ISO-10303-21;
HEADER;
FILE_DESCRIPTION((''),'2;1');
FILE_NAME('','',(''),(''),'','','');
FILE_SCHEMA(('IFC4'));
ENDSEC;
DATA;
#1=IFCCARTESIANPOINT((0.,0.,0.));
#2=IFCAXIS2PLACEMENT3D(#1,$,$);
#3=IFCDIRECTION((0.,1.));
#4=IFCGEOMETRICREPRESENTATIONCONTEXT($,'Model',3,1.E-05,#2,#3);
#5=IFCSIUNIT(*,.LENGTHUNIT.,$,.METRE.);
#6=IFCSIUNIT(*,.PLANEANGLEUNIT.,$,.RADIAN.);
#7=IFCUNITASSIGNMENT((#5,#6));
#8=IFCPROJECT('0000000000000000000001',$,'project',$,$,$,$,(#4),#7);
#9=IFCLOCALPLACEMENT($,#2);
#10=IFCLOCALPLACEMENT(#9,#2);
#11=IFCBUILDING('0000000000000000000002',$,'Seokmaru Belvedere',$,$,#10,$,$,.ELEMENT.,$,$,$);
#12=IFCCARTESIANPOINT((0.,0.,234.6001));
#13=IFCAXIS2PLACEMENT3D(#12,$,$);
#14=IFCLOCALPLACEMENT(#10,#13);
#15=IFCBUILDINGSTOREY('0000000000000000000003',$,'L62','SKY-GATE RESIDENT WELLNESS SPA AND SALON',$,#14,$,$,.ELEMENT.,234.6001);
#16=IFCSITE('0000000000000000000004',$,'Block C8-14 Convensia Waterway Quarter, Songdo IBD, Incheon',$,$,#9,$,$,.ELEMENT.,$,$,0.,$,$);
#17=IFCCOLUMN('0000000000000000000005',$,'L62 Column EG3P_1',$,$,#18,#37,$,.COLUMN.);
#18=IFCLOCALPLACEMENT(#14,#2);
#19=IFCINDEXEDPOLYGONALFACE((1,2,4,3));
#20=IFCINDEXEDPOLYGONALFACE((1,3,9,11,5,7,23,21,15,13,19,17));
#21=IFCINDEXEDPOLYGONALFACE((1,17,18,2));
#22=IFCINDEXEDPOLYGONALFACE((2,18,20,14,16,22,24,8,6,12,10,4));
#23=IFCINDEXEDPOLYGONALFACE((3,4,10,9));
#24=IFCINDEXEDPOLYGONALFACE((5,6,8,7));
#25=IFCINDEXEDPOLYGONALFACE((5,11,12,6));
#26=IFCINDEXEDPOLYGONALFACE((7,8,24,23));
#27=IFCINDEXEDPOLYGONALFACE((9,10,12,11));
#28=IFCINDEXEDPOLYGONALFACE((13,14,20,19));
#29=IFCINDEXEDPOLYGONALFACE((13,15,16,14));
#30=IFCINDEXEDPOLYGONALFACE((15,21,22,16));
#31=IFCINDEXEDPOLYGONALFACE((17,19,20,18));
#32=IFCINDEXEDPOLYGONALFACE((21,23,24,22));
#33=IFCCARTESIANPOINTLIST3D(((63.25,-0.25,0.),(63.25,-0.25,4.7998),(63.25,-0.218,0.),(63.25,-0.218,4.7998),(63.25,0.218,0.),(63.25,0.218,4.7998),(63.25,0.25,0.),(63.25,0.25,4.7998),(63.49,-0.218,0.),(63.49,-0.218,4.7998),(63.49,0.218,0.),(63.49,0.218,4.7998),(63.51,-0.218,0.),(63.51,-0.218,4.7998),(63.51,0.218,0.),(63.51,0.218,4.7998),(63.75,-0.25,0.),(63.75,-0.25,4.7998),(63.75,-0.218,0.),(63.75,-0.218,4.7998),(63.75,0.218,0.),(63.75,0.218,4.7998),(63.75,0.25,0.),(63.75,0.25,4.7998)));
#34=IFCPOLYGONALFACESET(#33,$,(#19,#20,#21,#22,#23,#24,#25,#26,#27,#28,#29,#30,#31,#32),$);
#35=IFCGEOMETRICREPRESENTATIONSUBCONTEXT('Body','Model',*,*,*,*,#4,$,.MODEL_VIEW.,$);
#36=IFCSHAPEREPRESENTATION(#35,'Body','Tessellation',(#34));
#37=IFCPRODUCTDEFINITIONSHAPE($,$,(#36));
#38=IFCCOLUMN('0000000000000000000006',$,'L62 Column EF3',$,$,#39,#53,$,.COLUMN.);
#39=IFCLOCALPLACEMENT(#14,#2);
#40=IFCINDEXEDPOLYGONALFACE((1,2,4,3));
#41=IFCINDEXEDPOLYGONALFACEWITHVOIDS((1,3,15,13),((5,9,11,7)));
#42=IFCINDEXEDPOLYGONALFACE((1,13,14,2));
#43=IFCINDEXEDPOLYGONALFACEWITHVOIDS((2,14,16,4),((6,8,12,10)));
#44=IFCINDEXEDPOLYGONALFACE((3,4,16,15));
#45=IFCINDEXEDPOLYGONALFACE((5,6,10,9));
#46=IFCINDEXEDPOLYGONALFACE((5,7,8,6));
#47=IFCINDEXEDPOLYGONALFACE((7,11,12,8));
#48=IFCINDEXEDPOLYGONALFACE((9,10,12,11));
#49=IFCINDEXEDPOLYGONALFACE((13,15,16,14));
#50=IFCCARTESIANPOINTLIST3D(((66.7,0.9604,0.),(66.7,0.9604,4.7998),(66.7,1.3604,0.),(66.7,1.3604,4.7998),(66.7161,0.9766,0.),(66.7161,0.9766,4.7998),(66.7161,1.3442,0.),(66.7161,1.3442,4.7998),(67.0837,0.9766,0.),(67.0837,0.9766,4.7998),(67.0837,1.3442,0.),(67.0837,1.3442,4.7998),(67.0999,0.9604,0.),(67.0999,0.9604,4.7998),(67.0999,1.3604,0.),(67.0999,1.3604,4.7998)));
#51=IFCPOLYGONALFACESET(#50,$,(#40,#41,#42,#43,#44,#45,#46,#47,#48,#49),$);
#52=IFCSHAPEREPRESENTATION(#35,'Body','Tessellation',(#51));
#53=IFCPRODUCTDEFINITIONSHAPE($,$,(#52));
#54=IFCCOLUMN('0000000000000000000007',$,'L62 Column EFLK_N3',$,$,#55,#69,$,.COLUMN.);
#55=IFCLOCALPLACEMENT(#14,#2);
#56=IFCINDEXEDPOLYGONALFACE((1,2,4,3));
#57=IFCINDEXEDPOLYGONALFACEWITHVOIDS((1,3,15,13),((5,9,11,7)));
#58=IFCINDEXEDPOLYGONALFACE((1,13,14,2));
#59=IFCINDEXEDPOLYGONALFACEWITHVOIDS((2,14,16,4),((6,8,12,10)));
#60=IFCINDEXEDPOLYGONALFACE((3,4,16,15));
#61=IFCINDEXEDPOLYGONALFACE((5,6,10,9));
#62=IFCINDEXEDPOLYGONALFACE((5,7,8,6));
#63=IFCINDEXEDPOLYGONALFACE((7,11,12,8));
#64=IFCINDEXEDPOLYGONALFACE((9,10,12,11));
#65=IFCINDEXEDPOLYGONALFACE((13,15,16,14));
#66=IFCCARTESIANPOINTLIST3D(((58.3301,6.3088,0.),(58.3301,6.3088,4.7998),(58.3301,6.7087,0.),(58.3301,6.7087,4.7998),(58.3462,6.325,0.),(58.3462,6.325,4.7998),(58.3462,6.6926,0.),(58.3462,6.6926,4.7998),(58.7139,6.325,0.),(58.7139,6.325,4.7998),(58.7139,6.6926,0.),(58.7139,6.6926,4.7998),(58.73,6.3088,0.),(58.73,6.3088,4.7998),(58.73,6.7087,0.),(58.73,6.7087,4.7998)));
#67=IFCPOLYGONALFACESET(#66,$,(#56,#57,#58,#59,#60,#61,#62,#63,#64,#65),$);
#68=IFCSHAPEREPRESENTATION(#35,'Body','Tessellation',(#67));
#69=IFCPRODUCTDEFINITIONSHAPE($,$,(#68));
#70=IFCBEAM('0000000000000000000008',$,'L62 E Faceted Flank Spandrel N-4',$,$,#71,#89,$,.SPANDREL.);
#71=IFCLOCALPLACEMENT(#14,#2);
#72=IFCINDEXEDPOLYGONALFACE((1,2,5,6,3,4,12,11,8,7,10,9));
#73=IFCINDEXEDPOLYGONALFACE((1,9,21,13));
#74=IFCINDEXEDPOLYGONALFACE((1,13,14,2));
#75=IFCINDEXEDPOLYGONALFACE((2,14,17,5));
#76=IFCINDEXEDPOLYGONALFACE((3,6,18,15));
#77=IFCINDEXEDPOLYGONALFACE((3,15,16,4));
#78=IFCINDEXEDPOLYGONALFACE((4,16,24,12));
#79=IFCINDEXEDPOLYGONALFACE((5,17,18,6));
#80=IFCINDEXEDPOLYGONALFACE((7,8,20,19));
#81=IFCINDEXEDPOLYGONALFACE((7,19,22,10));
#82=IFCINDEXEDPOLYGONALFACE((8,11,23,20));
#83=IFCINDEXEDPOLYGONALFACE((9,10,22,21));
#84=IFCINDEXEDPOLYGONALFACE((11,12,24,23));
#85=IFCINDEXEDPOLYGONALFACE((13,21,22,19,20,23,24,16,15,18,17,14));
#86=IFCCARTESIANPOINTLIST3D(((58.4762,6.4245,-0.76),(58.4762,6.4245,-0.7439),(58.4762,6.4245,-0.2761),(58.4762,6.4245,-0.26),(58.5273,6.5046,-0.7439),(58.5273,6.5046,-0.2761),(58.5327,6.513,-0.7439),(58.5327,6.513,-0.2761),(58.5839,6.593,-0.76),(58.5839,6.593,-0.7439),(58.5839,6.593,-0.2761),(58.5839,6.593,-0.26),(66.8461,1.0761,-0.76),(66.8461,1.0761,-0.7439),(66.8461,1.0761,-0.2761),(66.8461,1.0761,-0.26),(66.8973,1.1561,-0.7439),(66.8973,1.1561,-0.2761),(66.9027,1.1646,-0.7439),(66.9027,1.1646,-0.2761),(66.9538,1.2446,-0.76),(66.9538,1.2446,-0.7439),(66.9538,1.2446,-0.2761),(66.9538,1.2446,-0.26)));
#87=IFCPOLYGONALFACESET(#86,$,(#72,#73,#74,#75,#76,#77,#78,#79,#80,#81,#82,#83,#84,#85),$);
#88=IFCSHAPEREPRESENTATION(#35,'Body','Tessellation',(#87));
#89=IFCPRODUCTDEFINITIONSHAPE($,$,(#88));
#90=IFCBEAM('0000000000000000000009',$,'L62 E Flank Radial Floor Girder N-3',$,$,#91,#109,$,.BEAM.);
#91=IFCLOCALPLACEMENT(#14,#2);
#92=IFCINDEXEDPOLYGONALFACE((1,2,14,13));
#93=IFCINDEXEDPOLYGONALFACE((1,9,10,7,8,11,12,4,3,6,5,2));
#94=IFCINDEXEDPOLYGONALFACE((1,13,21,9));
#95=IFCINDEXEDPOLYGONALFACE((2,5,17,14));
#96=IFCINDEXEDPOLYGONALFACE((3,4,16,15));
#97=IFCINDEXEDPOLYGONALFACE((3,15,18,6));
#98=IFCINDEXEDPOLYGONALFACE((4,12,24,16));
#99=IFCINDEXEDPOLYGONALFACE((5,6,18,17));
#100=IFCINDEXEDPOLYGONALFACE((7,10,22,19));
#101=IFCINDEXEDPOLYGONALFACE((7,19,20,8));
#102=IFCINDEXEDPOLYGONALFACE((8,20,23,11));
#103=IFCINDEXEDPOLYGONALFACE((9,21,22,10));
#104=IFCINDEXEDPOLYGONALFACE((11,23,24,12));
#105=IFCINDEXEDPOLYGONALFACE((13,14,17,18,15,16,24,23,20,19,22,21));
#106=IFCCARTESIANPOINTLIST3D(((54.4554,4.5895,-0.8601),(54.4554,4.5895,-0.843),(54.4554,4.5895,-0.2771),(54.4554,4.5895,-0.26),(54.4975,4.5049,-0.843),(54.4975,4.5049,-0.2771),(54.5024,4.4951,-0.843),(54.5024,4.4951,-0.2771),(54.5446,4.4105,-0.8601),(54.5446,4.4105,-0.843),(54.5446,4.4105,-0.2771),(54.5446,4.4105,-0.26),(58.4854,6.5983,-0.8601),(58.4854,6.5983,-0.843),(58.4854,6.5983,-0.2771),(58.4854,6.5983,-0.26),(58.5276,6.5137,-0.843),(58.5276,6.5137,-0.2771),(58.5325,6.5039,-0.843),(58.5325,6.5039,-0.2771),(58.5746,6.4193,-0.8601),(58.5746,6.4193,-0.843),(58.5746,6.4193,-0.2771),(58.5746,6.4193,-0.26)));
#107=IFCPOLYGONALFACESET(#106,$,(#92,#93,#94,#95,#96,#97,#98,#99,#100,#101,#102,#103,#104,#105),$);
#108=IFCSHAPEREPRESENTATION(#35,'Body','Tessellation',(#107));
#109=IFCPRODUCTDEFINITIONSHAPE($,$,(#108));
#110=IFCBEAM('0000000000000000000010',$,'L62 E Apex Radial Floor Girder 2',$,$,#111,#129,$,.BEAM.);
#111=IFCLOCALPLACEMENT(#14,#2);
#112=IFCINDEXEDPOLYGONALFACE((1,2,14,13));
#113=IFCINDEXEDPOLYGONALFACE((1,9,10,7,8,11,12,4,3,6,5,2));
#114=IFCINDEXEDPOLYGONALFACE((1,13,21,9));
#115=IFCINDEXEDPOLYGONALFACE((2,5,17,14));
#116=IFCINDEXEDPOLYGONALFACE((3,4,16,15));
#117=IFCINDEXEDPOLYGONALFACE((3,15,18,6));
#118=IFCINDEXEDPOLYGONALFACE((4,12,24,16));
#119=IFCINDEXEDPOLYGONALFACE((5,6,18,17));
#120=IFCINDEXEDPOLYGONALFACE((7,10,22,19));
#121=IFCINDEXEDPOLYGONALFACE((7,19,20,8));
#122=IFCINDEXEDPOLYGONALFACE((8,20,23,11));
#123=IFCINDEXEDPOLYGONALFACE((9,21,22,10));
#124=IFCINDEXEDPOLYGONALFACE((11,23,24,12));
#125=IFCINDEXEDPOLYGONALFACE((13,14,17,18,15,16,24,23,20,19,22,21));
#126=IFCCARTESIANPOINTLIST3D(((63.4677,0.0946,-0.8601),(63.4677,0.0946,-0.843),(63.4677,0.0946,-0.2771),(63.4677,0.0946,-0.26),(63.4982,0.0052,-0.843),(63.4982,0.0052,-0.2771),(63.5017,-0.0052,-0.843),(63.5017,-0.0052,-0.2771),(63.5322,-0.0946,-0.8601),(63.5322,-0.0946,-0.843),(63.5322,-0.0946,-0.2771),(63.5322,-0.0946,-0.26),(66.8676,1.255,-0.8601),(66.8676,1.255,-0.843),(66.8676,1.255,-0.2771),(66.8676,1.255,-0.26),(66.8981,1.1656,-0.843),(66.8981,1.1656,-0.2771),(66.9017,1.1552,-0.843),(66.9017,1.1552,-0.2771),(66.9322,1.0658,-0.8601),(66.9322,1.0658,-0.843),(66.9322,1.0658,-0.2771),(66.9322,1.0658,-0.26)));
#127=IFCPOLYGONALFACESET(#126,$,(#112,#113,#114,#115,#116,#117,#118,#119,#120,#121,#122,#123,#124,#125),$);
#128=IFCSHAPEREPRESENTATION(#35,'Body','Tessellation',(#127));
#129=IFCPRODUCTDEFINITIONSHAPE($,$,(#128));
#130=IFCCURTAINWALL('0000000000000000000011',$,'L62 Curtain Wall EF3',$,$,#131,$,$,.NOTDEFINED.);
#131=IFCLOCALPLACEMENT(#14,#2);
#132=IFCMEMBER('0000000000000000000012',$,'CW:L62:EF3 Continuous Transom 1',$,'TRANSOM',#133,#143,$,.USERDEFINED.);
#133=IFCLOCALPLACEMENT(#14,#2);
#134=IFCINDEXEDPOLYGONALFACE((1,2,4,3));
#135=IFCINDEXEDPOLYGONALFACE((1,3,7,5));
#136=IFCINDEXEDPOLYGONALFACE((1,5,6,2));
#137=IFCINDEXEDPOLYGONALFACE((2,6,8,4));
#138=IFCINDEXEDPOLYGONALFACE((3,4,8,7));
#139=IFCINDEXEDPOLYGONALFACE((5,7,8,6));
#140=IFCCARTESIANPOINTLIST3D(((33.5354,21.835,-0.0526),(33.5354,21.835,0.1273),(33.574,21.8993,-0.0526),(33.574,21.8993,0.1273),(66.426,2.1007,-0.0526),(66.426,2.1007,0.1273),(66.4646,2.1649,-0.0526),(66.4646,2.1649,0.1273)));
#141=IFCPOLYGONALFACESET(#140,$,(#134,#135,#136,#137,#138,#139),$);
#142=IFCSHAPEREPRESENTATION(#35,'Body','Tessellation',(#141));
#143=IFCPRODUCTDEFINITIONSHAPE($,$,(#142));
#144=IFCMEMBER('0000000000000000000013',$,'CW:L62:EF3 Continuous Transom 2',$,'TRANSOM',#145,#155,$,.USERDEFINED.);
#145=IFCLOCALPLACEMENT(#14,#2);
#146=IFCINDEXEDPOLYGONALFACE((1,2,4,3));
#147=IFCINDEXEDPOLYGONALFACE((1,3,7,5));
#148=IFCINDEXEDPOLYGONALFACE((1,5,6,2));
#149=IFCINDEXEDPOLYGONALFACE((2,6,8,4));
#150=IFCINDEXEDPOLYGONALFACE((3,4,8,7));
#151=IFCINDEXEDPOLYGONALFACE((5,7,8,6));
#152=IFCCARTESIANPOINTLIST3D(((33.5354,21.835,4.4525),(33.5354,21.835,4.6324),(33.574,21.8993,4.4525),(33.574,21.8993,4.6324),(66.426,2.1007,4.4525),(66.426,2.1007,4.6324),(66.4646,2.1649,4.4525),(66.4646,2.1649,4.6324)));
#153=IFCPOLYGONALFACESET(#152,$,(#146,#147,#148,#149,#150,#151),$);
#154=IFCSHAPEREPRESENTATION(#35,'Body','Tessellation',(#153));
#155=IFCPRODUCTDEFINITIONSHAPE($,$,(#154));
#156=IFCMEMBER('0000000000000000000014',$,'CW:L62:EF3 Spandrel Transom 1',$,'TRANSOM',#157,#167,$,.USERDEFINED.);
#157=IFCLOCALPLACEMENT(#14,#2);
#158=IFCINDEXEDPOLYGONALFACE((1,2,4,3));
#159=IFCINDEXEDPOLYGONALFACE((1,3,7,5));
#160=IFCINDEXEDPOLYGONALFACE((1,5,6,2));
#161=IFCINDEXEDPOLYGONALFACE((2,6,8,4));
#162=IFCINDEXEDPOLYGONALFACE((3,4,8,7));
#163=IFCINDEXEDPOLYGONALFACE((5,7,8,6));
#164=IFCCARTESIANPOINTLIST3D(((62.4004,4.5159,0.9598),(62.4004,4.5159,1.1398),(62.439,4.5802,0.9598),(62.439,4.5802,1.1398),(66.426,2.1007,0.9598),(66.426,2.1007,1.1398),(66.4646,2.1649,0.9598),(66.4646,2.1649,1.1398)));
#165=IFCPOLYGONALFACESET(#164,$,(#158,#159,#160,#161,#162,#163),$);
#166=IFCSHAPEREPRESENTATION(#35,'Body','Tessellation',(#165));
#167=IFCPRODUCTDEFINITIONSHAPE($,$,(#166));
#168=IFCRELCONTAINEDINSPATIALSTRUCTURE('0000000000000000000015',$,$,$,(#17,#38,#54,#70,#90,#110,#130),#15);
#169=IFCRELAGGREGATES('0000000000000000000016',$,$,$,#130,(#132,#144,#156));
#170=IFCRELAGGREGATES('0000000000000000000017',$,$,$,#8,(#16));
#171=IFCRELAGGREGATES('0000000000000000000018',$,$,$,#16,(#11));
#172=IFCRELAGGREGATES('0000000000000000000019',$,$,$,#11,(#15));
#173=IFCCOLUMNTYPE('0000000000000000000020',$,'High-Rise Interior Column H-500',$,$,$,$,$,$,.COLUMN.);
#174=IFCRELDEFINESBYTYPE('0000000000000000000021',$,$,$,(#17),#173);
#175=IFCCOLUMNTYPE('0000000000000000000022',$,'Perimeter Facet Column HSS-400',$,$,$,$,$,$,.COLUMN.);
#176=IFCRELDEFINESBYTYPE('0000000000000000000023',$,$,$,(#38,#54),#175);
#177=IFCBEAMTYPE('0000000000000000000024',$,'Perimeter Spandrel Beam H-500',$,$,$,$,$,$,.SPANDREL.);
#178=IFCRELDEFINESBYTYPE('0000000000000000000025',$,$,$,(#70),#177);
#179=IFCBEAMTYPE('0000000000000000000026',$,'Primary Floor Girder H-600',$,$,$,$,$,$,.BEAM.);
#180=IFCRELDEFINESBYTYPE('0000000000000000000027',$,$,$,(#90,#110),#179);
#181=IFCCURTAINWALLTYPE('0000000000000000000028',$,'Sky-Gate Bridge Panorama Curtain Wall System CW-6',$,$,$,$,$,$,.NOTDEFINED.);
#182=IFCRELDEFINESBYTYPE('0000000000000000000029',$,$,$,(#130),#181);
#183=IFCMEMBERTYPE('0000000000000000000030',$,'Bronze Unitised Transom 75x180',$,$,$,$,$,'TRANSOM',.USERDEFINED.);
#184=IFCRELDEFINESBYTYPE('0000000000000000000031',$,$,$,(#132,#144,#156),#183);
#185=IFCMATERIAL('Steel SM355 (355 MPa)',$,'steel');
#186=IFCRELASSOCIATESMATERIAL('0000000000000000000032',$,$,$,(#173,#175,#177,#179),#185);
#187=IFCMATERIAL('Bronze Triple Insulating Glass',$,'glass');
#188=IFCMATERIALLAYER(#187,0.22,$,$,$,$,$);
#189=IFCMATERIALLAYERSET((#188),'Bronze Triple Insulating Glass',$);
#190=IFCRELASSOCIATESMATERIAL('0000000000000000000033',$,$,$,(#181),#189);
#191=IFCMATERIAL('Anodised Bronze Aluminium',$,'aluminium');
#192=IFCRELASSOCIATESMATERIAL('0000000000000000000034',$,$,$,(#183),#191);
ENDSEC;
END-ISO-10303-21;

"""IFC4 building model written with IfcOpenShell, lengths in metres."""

from ifc_helpers import new_model, si_unit, direction, frame, origin, origin_2d, place, context, subcontext, project, spatial, rectangle, hollow_rectangle, i_section, extrude, source, transform, mapped, material, layer, layer_set, material_profile, profile_set, type_object, type_shapes, element, aggregate, save


model = new_model("IFC4")

# Units and contexts
model_context = context("Model", 3, precision=1e-05, world=origin(), true_north=direction((0.0, 1.0)))
body_context = subcontext(model_context, "Body", "Model", "MODEL_VIEW")
ifc_project = project(units=[si_unit("LENGTHUNIT", "METRE"), si_unit("PLANEANGLEUNIT", "RADIAN")], contexts=[model_context])

# Site, building, storey
site_placement = place(None, origin())
site = spatial("IfcSite", under=ifc_project, at=site_placement, Name="Block C8-14 Convensia Waterway Quarter, Songdo IBD, Incheon", CompositionType="ELEMENT", RefElevation=0.0)
building_placement = place(site_placement, origin())
building = spatial("IfcBuilding", under=site, at=building_placement, Name="Seokmaru Belvedere", CompositionType="ELEMENT")
storey_placement = place(building_placement, frame((0.0, 0.0, 234.6001)))
storey = spatial("IfcBuildingStorey", under=building, at=storey_placement, Name="L62", Description="SKY-GATE RESIDENT WELLNESS SPA AND SALON", CompositionType="ELEMENT", Elevation=234.6001)

# Columns
ifc_material_1 = material(Name="Steel SM355 (355 MPa)", Category="steel")
ifc_material_profile_1 = material_profile(ifc_material_1, i_section(OverallWidth=0.5, OverallDepth=0.5, WebThickness=0.02, FlangeThickness=0.032, at=origin_2d()), Name="H-500x500x20x32")
ifc_profile_set_1 = profile_set([ifc_material_profile_1], Name="Steel SM355 (355 MPa)")
column_type_1 = type_object("IfcColumnType", Name="High-Rise Interior Column H-500", PredefinedType="COLUMN", material=ifc_profile_set_1)
shared_shape_1 = source(origin(), body_context, "Body", "SweptSolid", [
    extrude(i_section(OverallWidth=0.5, OverallDepth=0.5, WebThickness=0.02, FlangeThickness=0.032, at=origin_2d()), origin(), (0.0, 0.0, 1.0), 4.7998),
])
type_shapes(column_type_1, [shared_shape_1])
column_placement = place(storey_placement, frame((63.5, 0.0, 0.0), z_axis=(0.0, 0.0, 1.0), x_axis=(1.0, 0.0, 0.0)))
element("IfcColumn", 1, at=column_placement, inside=storey, type_object=column_type_1, Name="L62 Column EG3P_1", PredefinedType="COLUMN", context=body_context, shape_type="MappedRepresentation", body=[
    mapped(shared_shape_1, transform((0.0, 0.0, 0.0), scale=1.0)),
])
ifc_material_profile_2 = material_profile(ifc_material_1, hollow_rectangle(XDim=0.3999, YDim=0.3999, WallThickness=0.0161, at=origin_2d()), Name="HSS-400x400x16")
ifc_profile_set_2 = profile_set([ifc_material_profile_2], Name="Steel SM355 (355 MPa)")
column_type_2 = type_object("IfcColumnType", Name="Perimeter Facet Column HSS-400", PredefinedType="COLUMN", material=ifc_profile_set_2)
shared_shape_2 = source(origin(), body_context, "Body", "SweptSolid", [
    extrude(hollow_rectangle(XDim=0.3999, YDim=0.3999, WallThickness=0.0161, at=origin_2d()), origin(), (0.0, 0.0, 1.0), 4.7998),
])
type_shapes(column_type_2, [shared_shape_2])
for number, where, z_axis, x_axis, name in (
    (2, (66.8999, 1.1604, 0.0), (0.0, 0.0, 1.0), (1.0, 0.0, 0.0), "L62 Column EF3"),
    (3, (58.53, 6.5088, 0.0), (0.0, 0.0, 1.0), (1.0, 0.0, 0.0), "L62 Column EFLK_N3"),
):
    element("IfcColumn", number, at=place(storey_placement, frame(where, z_axis=z_axis, x_axis=x_axis)), inside=storey, type_object=column_type_2, Name=name, PredefinedType="COLUMN", context=body_context, shape_type="MappedRepresentation", body=[
        mapped(shared_shape_2, transform((0.0, 0.0, 0.0), scale=1.0)),
    ])

# Beams
ifc_material_profile_3 = material_profile(ifc_material_1, i_section(OverallWidth=0.2, OverallDepth=0.5, WebThickness=0.01, FlangeThickness=0.0161, at=origin_2d()), Name="H-500x200x10x16")
ifc_profile_set_3 = profile_set([ifc_material_profile_3], Name="Steel SM355 (355 MPa)")
beam_type_1 = type_object("IfcBeamType", Name="Perimeter Spandrel Beam H-500", PredefinedType="SPANDREL", material=ifc_profile_set_3)
shared_shape_3 = source(origin(), body_context, "Body", "SweptSolid", [
    extrude(i_section(OverallWidth=0.2, OverallDepth=0.5, WebThickness=0.01, FlangeThickness=0.0161, at=origin_2d()), origin(), (0.0, 0.0, 1.0), 9.9329),
])
type_shapes(beam_type_1, [shared_shape_3])
beam_1_placement = place(storey_placement, frame((58.53, 6.5088, -0.51), z_axis=(0.842652, -0.538459, 0.0), x_axis=(0.538459, 0.842652, 0.0)))
element("IfcBeam", 4, at=beam_1_placement, inside=storey, type_object=beam_type_1, Name="L62 E Faceted Flank Spandrel N-4", PredefinedType="SPANDREL", context=body_context, shape_type="MappedRepresentation", body=[
    mapped(shared_shape_3, transform((0.0, 0.0, 0.0), scale=1.0)),
])
ifc_material_profile_4 = material_profile(ifc_material_1, i_section(OverallWidth=0.2, OverallDepth=0.6001, WebThickness=0.011, FlangeThickness=0.0171, at=origin_2d()), Name="H-600x200x11x17")
ifc_profile_set_4 = profile_set([ifc_material_profile_4], Name="Steel SM355 (355 MPa)")
beam_type_2 = type_object("IfcBeamType", Name="Primary Floor Girder H-600", PredefinedType="BEAM", material=ifc_profile_set_4)
shared_shape_4 = source(origin(), body_context, "Body", "SweptSolid", [
    extrude(i_section(OverallWidth=0.2, OverallDepth=0.6001, WebThickness=0.011, FlangeThickness=0.0171, at=origin_2d()), origin(), (0.0, 0.0, 1.0), 4.5029),
])
beam_2_placement = place(storey_placement, frame((58.53, 6.5088, -0.5601), z_axis=(-0.89498, -0.446107, 0.0), x_axis=(0.446107, -0.89498, 0.0)))
element("IfcBeam", 5, at=beam_2_placement, inside=storey, type_object=beam_type_2, Name="L62 E Flank Radial Floor Girder N-3", PredefinedType="BEAM", context=body_context, shape_type="MappedRepresentation", body=[
    mapped(shared_shape_4, transform((0.0, 0.0, 0.0), scale=1.0)),
])
shared_shape_5 = source(origin(), body_context, "Body", "SweptSolid", [
    extrude(i_section(OverallWidth=0.2, OverallDepth=0.6001, WebThickness=0.011, FlangeThickness=0.0171, at=origin_2d()), origin(), (0.0, 0.0, 1.0), 3.5925),
])
type_shapes(beam_type_2, [shared_shape_4, shared_shape_5])
beam_3_placement = place(storey_placement, frame((66.8999, 1.1604, -0.5601), z_axis=(-0.946396, -0.323009, 0.0), x_axis=(0.323009, -0.946396, 0.0)))
element("IfcBeam", 6, at=beam_3_placement, inside=storey, type_object=beam_type_2, Name="L62 E Apex Radial Floor Girder 2", PredefinedType="BEAM", context=body_context, shape_type="MappedRepresentation", body=[
    mapped(shared_shape_5, transform((0.0, 0.0, 0.0), scale=1.0)),
])

# Curtain wall, members
ifc_material_2 = material(Name="Bronze Triple Insulating Glass", Category="glass")
ifc_layer_1 = layer(ifc_material_2, 0.22)
ifc_layer_set_1 = layer_set([ifc_layer_1], Name="Bronze Triple Insulating Glass")
curtain_wall_type = type_object("IfcCurtainWallType", Name="Sky-Gate Bridge Panorama Curtain Wall System CW-6", PredefinedType="NOTDEFINED", material=ifc_layer_set_1)
curtain_wall_1_placement = place(storey_placement, origin())
curtain_wall_1 = element("IfcCurtainWall", 7, at=curtain_wall_1_placement, inside=storey, type_object=curtain_wall_type, Name="L62 Curtain Wall EF3", PredefinedType="NOTDEFINED")
ifc_material_3 = material(Name="Anodised Bronze Aluminium", Category="aluminium")
ifc_material_profile_5 = material_profile(ifc_material_3, rectangle(XDim=0.075, YDim=0.1799, at=origin_2d()), Name="CW-T-75x180")
ifc_profile_set_5 = profile_set([ifc_material_profile_5], Name="Anodised Bronze Aluminium")
member_type_1 = type_object("IfcMemberType", Name="Bronze Unitised Transom 75x180", ElementType="TRANSOM", PredefinedType="USERDEFINED", material=ifc_profile_set_5)
shared_shape_6 = source(origin(), body_context, "Body", "SweptSolid", [
    extrude(rectangle(XDim=0.075, YDim=0.1799, at=origin_2d()), origin(), (0.0, 0.0, 1.0), 38.3567),
])
member_1_placement = place(storey_placement, frame((66.4453, 2.1328, 0.0374), z_axis=(-0.857493, 0.514496, 0.0), x_axis=(-0.514496, -0.857493, 0.0)))
member_1 = element("IfcMember", 8, at=member_1_placement, type_object=member_type_1, Name="CW:L62:EF3 Continuous Transom 1", ObjectType="TRANSOM", PredefinedType="USERDEFINED", context=body_context, shape_type="MappedRepresentation", body=[
    mapped(shared_shape_6, transform((0.0, 0.0, 0.0), scale=1.0)),
])
member_2_placement = place(storey_placement, frame((66.4453, 2.1328, 4.5425), z_axis=(-0.857493, 0.514496, 0.0), x_axis=(-0.514496, -0.857493, 0.0)))
member_2 = element("IfcMember", 9, at=member_2_placement, type_object=member_type_1, Name="CW:L62:EF3 Continuous Transom 2", ObjectType="TRANSOM", PredefinedType="USERDEFINED", context=body_context, shape_type="MappedRepresentation", body=[
    mapped(shared_shape_6, transform((0.0, 0.0, 0.0), scale=1.0)),
])
shared_shape_7 = source(origin(), body_context, "Body", "SweptSolid", [
    extrude(rectangle(XDim=0.075, YDim=0.1799, at=origin_2d()), origin(), (0.0, 0.0, 1.0), 4.6946),
])
member_3_placement = place(storey_placement, frame((66.4453, 2.1328, 1.0498), z_axis=(-0.857502, 0.51448, 0.0), x_axis=(-0.51448, -0.857502, 0.0)))
member_3 = element("IfcMember", 10, at=member_3_placement, type_object=member_type_1, Name="CW:L62:EF3 Spandrel Transom 1", ObjectType="TRANSOM", PredefinedType="USERDEFINED", context=body_context, shape_type="MappedRepresentation", body=[
    mapped(shared_shape_7, transform((0.0, 0.0, 0.0), scale=1.0)),
])

aggregate(curtain_wall_1, [member_1, member_2, member_3])

save(model, "model.ifc")
